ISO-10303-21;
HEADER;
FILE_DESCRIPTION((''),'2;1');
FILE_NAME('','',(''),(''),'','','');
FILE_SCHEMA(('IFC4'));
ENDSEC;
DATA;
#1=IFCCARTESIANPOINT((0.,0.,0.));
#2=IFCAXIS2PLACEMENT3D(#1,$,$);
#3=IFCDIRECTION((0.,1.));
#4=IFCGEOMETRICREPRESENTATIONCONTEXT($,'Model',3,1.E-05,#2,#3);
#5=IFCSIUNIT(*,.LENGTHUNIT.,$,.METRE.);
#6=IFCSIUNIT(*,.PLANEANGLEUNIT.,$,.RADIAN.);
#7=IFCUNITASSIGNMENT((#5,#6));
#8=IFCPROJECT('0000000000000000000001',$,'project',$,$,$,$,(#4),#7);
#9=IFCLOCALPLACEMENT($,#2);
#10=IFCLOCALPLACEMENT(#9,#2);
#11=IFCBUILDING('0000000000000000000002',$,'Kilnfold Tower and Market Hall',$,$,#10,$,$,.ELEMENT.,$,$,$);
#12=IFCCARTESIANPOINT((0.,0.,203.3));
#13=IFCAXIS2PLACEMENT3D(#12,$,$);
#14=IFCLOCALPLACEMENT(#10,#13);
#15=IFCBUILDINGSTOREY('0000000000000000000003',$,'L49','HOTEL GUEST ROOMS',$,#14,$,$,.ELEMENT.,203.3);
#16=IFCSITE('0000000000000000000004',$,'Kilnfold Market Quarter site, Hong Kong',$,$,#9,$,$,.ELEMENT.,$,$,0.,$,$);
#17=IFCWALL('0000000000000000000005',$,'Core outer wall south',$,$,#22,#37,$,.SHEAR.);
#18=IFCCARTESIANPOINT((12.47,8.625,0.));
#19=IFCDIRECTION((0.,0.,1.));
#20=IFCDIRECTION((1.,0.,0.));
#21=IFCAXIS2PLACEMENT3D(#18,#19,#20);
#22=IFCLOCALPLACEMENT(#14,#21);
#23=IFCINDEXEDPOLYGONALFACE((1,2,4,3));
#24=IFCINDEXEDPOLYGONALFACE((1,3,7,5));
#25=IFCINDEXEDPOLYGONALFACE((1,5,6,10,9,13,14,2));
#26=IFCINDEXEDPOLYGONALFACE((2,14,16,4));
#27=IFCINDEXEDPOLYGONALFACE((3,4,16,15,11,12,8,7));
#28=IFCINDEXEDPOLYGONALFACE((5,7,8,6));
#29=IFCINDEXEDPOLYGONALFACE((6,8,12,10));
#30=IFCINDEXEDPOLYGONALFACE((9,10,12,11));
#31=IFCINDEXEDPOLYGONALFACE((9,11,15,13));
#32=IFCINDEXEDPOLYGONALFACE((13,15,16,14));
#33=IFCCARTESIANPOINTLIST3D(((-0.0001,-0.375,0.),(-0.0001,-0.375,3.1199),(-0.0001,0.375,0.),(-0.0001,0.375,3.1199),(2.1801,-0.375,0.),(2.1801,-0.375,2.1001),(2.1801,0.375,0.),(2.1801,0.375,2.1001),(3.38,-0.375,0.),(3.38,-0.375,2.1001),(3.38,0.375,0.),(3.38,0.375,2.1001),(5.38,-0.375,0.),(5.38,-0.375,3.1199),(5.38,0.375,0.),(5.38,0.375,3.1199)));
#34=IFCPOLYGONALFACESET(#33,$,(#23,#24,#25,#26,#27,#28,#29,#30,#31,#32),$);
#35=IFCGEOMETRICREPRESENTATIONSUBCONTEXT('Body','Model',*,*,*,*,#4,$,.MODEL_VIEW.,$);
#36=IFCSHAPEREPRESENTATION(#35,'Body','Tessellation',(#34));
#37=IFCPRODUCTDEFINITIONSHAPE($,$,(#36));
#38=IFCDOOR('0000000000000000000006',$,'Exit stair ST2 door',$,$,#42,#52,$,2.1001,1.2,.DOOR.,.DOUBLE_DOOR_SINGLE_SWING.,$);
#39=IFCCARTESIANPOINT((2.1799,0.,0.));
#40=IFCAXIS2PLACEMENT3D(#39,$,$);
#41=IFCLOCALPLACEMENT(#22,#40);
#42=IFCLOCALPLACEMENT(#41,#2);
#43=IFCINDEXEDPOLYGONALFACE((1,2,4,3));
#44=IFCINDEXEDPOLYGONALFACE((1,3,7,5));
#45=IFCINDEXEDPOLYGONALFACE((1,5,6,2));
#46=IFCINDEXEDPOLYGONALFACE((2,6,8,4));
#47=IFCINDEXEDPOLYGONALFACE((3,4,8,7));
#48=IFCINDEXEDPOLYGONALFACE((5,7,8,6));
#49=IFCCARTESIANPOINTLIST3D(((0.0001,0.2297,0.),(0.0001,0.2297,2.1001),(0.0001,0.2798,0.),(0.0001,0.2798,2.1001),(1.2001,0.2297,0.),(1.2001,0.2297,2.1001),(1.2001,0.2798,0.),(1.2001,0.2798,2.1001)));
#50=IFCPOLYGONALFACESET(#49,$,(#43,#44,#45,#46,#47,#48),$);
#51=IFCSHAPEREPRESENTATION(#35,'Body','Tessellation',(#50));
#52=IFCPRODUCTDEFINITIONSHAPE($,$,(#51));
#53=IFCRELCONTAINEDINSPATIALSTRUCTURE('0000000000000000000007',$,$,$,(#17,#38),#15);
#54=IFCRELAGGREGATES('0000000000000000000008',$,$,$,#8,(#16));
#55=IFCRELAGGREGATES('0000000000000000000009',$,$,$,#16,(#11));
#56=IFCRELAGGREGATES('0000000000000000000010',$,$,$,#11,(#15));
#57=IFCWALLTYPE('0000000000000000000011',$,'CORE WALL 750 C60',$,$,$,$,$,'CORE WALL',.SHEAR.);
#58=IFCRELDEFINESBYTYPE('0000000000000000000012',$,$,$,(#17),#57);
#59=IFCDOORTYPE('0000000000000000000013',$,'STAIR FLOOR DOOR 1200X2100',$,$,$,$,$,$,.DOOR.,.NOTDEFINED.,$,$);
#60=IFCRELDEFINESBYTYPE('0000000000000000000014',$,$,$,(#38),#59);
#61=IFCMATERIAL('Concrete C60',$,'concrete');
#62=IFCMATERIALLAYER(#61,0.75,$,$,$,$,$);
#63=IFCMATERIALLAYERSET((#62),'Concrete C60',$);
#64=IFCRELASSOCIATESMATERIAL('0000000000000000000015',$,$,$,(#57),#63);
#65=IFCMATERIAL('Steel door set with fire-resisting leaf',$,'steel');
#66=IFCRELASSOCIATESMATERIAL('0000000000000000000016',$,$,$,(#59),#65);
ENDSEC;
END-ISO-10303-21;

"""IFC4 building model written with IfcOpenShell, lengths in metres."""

from ifc_helpers import new_model, si_unit, direction, frame, frame_2d, origin, place, context, subcontext, project, spatial, rectangle, extrude, source, transform, mapped, material, layer, layer_set, type_object, element, fill, save


model = new_model("IFC4")

# Units and contexts
model_context = context("Model", 3, precision=1e-05, world=origin(), true_north=direction((0.0, 1.0)))
body_context = subcontext(model_context, "Body", "Model", "MODEL_VIEW")
ifc_project = project(units=[si_unit("LENGTHUNIT", "METRE"), si_unit("PLANEANGLEUNIT", "RADIAN")], contexts=[model_context])

# Site, building, storey
site_placement = place(None, origin())
site = spatial("IfcSite", under=ifc_project, at=site_placement, Name="Kilnfold Market Quarter site, Hong Kong", CompositionType="ELEMENT", RefElevation=0.0)
building_placement = place(site_placement, origin())
building = spatial("IfcBuilding", under=site, at=building_placement, Name="Kilnfold Tower and Market Hall", CompositionType="ELEMENT")
storey_placement = place(building_placement, frame((0.0, 0.0, 203.3)))
storey = spatial("IfcBuildingStorey", under=building, at=storey_placement, Name="L49", Description="HOTEL GUEST ROOMS", CompositionType="ELEMENT", Elevation=203.3)

# Shared definitions
ifc_material_1 = material(Name="Concrete C60", Category="concrete")
ifc_layer_1 = layer(ifc_material_1, 0.75)
ifc_layer_set_1 = layer_set([ifc_layer_1], Name="Concrete C60")
wall_type_1 = type_object("IfcWallType", Name="CORE WALL 750 C60", ElementType="CORE WALL", PredefinedType="SHEAR", material=ifc_layer_set_1)

# Wall, opening, door
shared_shape_1 = source(origin(), body_context, "Body", "SweptSolid", [
    extrude(rectangle(XDim=5.3801, YDim=0.75, at=frame_2d((2.6899, 0.0))), origin(), (0.0, 0.0, 1.0), 3.1199),
])
wall_1_placement = place(storey_placement, frame((12.47, 8.625, 0.0), z_axis=(0.0, 0.0, 1.0), x_axis=(1.0, 0.0, 0.0)))
wall_1 = element("IfcWall", 1, at=wall_1_placement, inside=storey, type_object=wall_type_1, Name="Core outer wall south", PredefinedType="SHEAR", context=body_context, shape_type="MappedRepresentation", body=[
    mapped(shared_shape_1, transform((0.0, 0.0, 0.0))),
])
opening_1_placement = place(wall_1_placement, frame((2.1799, 0.0, 0.0)))
opening_1 = element("IfcOpeningElement", 2, at=opening_1_placement, cuts=wall_1, PredefinedType="OPENING", context=body_context, shape_type="SweptSolid", body=[
    extrude(rectangle(XDim=1.2, YDim=2.1001, at=frame_2d((0.6001, 1.05))), frame((0.0, 0.385, 0.0), z_axis=(0.0, -1.0, 0.0), x_axis=(1.0, 0.0, 0.0)), (0.0, 0.0, 1.0), 0.77),
])
ifc_material_2 = material(Name="Steel door set with fire-resisting leaf", Category="steel")
door_type_1 = type_object("IfcDoorType", Name="STAIR FLOOR DOOR 1200X2100", OperationType="NOTDEFINED", PredefinedType="DOOR", material=ifc_material_2)
door_1_placement = place(opening_1_placement, origin())
door_1 = element("IfcDoor", 3, at=door_1_placement, inside=storey, type_object=door_type_1, Name="Exit stair ST2 door", OperationType="DOUBLE_DOOR_SINGLE_SWING", OverallHeight=2.1001, OverallWidth=1.2, PredefinedType="DOOR", context=body_context, shape_type="SweptSolid", body=[
    extrude(rectangle(XDim=1.2, YDim=2.1001, at=frame_2d((0.6001, 1.05))), frame((0.0, 0.2798, 0.0), z_axis=(0.0, -1.0, 0.0), x_axis=(1.0, 0.0, 0.0)), (0.0, 0.0, 1.0), 0.05),
])
fill(opening_1, door_1)

save(model, "model.ifc")
